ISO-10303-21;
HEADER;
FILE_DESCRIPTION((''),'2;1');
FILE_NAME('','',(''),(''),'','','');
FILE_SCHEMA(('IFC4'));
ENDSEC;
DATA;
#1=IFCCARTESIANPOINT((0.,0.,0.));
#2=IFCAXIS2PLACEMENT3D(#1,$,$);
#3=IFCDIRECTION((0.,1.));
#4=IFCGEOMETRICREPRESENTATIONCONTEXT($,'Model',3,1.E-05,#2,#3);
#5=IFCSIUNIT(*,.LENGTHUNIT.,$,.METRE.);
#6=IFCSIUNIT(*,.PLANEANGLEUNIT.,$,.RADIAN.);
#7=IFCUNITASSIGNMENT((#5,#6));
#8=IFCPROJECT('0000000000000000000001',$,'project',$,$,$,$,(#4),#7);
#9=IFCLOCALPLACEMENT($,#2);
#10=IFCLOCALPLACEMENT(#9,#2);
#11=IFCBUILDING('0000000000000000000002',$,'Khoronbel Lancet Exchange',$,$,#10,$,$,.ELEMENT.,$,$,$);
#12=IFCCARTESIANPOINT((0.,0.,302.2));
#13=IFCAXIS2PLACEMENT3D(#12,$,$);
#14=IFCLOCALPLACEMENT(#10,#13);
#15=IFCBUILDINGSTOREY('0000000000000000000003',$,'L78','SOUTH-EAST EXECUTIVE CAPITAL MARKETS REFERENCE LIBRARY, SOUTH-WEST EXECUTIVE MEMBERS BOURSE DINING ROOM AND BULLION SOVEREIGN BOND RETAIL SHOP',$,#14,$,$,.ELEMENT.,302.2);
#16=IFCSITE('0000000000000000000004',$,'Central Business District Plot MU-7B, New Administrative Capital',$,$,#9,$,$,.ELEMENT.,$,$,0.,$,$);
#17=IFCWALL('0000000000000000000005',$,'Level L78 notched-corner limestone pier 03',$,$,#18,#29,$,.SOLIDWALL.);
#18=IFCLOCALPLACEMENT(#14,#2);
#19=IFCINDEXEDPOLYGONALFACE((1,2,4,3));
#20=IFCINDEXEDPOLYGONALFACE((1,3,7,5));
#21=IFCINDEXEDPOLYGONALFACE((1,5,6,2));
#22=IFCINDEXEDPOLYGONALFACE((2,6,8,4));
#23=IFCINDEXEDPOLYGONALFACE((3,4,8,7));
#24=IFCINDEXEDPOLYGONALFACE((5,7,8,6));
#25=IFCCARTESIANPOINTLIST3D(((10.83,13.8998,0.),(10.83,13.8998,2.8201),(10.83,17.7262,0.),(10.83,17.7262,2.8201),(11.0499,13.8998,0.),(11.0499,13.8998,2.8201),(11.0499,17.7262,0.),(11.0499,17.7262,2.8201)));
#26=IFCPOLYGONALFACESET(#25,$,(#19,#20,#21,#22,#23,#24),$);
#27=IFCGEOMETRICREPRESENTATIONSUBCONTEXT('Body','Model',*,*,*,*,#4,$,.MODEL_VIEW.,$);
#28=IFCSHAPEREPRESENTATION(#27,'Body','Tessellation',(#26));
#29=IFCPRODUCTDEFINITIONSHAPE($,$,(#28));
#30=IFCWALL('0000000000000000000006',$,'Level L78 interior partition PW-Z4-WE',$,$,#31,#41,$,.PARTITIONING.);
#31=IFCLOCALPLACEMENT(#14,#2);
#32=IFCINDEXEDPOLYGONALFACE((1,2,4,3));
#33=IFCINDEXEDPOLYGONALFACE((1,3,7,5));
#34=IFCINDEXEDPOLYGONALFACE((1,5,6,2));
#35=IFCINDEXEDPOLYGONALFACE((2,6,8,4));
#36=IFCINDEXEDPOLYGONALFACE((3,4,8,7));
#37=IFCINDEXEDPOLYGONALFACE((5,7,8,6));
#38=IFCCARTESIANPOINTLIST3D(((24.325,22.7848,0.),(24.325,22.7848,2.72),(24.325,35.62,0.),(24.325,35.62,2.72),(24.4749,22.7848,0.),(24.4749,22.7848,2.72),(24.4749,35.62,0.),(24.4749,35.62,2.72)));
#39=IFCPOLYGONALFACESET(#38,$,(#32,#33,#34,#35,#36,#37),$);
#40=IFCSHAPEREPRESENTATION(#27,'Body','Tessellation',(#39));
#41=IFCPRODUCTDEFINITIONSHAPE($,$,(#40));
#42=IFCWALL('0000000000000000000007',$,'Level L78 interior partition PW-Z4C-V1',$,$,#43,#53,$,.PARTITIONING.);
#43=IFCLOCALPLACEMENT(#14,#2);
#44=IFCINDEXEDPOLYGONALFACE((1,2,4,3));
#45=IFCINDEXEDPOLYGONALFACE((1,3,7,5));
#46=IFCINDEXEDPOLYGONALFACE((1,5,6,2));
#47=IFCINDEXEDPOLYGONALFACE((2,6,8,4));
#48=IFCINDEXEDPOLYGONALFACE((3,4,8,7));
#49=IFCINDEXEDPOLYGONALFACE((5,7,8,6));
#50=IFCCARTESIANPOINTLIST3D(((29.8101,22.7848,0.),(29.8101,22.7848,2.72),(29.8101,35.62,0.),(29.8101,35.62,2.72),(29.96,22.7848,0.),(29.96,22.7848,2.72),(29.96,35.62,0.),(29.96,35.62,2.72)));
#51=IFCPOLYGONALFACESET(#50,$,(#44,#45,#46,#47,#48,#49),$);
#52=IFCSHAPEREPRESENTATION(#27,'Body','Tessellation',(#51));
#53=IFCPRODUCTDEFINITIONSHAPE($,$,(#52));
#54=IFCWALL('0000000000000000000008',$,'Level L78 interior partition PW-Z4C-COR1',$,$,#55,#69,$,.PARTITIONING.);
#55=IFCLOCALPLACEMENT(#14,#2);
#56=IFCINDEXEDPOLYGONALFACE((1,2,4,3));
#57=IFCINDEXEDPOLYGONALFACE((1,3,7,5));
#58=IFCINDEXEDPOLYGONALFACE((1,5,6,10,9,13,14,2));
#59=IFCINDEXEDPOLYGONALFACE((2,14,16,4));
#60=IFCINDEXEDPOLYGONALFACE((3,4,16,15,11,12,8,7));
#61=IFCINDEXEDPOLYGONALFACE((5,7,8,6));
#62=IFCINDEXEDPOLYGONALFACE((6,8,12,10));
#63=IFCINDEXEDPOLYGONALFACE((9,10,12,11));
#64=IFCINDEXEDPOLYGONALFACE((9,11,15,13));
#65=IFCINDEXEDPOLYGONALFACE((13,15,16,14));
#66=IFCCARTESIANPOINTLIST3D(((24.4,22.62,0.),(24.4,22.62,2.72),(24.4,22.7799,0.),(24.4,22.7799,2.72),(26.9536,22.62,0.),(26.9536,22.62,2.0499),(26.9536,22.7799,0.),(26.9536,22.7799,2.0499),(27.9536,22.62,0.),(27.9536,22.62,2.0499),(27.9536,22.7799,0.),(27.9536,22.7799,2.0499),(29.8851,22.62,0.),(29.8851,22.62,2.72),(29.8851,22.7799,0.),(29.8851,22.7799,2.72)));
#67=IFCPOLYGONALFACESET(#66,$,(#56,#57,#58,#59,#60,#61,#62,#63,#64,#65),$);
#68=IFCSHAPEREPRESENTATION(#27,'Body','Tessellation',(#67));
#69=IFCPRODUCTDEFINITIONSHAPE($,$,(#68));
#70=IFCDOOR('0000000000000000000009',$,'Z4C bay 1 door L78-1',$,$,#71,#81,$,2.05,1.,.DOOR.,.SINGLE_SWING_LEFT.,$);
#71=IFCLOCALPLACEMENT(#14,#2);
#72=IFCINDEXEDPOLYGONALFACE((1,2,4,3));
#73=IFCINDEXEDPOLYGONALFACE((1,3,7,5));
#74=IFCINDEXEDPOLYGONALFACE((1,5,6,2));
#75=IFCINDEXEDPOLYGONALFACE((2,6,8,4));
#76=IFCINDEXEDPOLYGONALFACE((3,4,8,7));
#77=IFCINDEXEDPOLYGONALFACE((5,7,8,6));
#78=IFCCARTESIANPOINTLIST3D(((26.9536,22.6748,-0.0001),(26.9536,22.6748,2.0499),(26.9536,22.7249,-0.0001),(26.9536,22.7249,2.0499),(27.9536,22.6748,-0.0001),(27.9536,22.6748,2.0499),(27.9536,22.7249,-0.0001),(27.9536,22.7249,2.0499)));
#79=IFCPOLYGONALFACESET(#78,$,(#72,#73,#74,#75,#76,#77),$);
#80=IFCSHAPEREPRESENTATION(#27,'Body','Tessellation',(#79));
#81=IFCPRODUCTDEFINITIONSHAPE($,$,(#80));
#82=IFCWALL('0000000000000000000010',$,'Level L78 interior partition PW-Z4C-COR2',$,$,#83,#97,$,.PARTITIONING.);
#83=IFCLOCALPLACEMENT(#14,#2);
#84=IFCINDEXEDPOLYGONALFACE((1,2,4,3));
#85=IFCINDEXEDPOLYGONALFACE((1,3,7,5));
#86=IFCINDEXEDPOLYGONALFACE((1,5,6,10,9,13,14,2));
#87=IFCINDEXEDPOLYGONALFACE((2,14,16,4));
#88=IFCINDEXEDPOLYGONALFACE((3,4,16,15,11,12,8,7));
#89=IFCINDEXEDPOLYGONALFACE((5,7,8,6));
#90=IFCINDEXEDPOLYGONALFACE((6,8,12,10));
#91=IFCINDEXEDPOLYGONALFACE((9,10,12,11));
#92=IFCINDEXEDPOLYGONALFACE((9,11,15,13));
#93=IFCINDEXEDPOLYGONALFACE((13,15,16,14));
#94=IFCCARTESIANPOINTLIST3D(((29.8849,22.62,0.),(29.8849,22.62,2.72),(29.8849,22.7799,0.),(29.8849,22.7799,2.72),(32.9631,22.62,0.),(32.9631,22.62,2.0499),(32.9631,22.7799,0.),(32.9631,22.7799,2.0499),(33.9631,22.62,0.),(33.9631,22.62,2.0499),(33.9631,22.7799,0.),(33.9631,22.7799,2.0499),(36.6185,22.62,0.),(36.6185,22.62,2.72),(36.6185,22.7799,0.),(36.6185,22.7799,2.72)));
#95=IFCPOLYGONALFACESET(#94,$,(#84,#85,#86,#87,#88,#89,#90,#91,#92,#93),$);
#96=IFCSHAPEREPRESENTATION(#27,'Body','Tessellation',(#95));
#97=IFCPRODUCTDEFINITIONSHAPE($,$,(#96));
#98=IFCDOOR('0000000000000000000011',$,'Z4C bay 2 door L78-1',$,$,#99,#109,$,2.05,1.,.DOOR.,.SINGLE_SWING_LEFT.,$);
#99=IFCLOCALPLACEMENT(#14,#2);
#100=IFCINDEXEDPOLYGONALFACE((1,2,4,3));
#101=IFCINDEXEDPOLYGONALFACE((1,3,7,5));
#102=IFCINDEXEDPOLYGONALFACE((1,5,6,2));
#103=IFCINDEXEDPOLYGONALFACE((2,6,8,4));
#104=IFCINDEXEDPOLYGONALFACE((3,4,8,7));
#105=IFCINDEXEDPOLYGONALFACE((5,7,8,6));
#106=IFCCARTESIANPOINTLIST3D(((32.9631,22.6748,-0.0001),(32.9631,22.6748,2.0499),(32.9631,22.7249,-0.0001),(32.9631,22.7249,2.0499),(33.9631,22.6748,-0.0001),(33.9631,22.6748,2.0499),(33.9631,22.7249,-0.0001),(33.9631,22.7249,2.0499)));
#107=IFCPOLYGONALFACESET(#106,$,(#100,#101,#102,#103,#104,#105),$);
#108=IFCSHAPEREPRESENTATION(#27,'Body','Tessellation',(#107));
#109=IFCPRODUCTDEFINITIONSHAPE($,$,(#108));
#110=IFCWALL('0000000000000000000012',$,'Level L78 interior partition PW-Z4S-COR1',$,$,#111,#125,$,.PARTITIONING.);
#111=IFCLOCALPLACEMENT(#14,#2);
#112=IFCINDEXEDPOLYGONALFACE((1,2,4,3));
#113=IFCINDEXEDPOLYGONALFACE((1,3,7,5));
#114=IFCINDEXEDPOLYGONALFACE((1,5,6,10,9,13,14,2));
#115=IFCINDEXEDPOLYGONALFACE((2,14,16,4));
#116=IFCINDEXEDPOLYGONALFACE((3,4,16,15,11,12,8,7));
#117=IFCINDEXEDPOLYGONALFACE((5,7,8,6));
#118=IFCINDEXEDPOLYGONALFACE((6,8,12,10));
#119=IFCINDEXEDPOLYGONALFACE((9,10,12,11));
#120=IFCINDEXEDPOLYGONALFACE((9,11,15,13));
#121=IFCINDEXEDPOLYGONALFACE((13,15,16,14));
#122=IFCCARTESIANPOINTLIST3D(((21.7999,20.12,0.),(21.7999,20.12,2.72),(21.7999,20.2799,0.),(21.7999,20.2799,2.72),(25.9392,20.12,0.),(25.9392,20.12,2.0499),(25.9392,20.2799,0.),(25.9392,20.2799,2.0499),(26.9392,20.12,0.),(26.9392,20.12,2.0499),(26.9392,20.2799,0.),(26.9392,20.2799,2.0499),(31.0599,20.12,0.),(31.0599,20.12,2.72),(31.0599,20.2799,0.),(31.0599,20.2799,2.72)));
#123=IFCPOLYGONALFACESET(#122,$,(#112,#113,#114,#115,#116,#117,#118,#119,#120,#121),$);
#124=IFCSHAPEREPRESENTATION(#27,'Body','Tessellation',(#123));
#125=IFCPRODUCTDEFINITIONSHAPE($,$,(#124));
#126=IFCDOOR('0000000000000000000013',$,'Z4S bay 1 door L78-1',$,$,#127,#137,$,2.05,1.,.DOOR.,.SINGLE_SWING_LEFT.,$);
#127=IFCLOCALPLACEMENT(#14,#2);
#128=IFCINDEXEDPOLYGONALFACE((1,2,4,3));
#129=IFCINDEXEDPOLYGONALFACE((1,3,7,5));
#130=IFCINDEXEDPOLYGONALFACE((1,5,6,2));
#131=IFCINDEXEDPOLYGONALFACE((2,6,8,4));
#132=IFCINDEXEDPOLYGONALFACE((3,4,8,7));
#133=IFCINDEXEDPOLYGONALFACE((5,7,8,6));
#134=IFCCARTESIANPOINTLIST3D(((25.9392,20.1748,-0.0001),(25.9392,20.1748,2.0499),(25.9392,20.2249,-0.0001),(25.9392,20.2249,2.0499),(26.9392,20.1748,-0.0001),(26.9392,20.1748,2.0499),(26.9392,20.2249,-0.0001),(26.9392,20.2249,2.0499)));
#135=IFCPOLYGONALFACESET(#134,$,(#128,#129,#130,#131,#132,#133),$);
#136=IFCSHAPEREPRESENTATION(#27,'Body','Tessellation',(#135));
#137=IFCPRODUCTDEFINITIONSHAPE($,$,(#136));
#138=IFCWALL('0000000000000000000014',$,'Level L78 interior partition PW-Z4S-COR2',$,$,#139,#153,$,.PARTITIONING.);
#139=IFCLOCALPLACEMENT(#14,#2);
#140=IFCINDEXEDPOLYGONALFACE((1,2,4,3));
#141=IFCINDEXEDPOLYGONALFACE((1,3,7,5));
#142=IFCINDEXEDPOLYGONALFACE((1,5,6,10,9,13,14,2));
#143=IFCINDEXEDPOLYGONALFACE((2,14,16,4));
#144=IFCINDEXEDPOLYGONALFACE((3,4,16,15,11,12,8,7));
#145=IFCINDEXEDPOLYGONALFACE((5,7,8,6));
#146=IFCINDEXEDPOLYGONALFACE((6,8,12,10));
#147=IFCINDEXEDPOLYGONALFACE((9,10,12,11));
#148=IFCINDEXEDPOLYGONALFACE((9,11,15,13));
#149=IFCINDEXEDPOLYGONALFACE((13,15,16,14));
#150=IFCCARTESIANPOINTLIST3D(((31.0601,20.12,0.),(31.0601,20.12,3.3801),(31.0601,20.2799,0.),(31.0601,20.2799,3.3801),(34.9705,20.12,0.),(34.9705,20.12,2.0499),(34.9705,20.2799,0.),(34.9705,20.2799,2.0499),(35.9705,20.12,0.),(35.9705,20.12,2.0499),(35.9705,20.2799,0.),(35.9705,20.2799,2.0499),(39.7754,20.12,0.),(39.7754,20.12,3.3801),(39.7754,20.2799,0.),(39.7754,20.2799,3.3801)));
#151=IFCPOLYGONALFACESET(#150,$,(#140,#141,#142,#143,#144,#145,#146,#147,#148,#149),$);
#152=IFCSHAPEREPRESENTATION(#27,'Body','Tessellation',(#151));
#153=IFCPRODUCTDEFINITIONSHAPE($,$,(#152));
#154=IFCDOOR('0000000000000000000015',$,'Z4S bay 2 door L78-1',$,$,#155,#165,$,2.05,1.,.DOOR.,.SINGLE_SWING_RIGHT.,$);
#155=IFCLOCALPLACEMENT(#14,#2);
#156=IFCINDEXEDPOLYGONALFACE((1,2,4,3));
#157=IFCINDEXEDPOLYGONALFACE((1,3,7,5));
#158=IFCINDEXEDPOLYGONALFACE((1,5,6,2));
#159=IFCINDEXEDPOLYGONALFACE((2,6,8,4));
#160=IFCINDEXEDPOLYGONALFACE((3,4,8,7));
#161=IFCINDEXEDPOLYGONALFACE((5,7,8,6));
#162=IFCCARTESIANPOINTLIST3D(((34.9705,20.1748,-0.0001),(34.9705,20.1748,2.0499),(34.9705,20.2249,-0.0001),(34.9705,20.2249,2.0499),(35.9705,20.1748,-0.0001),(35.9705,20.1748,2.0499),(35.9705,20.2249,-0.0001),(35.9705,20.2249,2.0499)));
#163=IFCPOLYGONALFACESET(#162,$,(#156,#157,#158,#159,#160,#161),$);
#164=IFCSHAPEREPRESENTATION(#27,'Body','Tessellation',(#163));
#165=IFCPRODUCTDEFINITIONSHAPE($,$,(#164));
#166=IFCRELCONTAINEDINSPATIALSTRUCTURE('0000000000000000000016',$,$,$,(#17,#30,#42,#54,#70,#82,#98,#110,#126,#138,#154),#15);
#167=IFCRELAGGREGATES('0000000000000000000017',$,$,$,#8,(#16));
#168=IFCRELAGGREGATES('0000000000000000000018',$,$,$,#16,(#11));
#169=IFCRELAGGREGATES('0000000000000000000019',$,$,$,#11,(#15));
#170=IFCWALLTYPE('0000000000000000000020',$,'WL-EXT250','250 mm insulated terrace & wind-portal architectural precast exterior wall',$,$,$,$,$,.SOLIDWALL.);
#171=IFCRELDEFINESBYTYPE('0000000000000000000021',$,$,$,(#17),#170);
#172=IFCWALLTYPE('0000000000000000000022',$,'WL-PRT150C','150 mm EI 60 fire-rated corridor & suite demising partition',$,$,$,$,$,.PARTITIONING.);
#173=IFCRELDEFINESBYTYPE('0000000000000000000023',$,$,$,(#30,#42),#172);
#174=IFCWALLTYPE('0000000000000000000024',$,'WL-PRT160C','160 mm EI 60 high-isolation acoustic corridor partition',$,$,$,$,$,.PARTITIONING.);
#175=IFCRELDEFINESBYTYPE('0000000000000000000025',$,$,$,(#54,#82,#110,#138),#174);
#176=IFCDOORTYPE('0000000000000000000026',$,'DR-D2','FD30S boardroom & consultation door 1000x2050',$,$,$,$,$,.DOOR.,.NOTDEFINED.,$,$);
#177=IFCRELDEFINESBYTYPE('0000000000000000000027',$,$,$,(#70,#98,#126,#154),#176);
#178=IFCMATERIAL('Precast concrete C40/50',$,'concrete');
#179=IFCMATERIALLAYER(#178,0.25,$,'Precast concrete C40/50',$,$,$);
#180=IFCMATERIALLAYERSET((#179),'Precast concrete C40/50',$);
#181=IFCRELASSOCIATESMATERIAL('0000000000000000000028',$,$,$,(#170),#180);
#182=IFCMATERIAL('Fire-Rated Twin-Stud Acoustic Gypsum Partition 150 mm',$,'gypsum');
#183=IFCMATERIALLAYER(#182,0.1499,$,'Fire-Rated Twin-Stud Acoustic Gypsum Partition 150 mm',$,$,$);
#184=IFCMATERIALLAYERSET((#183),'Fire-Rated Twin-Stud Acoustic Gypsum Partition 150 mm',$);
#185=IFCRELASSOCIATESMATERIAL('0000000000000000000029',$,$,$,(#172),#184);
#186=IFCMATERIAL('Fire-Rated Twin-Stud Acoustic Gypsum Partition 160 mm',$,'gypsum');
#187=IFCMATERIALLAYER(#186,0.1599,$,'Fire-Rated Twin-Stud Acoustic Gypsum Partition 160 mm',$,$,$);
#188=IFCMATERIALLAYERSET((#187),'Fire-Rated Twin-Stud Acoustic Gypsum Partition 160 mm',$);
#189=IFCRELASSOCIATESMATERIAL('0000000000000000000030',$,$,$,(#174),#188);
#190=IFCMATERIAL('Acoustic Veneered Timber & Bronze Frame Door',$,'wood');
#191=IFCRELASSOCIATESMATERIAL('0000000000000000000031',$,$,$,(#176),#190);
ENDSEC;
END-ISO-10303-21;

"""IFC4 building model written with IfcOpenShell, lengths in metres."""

from ifc_helpers import new_model, si_unit, direction, frame, frame_2d, origin, place, context, subcontext, project, spatial, rectangle, extrude, material, layer, layer_set, type_object, element, fill, save


model = new_model("IFC4")

# Units and contexts
model_context = context("Model", 3, precision=1e-05, world=origin(), true_north=direction((0.0, 1.0)))
body_context = subcontext(model_context, "Body", "Model", "MODEL_VIEW")
ifc_project = project(units=[si_unit("LENGTHUNIT", "METRE"), si_unit("PLANEANGLEUNIT", "RADIAN")], contexts=[model_context])

# Site, building, storey
site_placement = place(None, origin())
site = spatial("IfcSite", under=ifc_project, at=site_placement, Name="Central Business District Plot MU-7B, New Administrative Capital", CompositionType="ELEMENT", RefElevation=0.0)
building_placement = place(site_placement, origin())
building = spatial("IfcBuilding", under=site, at=building_placement, Name="Khoronbel Lancet Exchange", CompositionType="ELEMENT")
storey_placement = place(building_placement, frame((0.0, 0.0, 302.2)))
storey = spatial("IfcBuildingStorey", under=building, at=storey_placement, Name="L78", Description="SOUTH-EAST EXECUTIVE CAPITAL MARKETS REFERENCE LIBRARY, SOUTH-WEST EXECUTIVE MEMBERS BOURSE DINING ROOM AND BULLION SOVEREIGN BOND RETAIL SHOP", CompositionType="ELEMENT", Elevation=302.2)

# Walls
ifc_material_1 = material(Name="Precast concrete C40/50", Category="concrete")
ifc_layer_1 = layer(ifc_material_1, 0.25, Name="Precast concrete C40/50")
ifc_layer_set_1 = layer_set([ifc_layer_1], Name="Precast concrete C40/50")
wall_type_1 = type_object("IfcWallType", Name="WL-EXT250", Description="250 mm insulated terrace & wind-portal architectural precast exterior wall", PredefinedType="SOLIDWALL", material=ifc_layer_set_1)
wall_1_placement = place(storey_placement, frame((10.9399, 13.8999, 0.0), z_axis=(0.0, 0.0, 1.0), x_axis=(0.0, 1.0, 0.0)))
element("IfcWall", 1, at=wall_1_placement, inside=storey, type_object=wall_type_1, Name="Level L78 notched-corner limestone pier 03", PredefinedType="SOLIDWALL", context=body_context, shape_type="SweptSolid", body=[
    extrude(rectangle(XDim=3.8264, YDim=0.22, at=frame_2d((1.9131, 0.0))), origin(), (0.0, 0.0, 1.0), 2.8201),
])
ifc_material_2 = material(Name="Fire-Rated Twin-Stud Acoustic Gypsum Partition 150 mm", Category="gypsum")
ifc_layer_2 = layer(ifc_material_2, 0.1499, Name="Fire-Rated Twin-Stud Acoustic Gypsum Partition 150 mm")
ifc_layer_set_2 = layer_set([ifc_layer_2], Name="Fire-Rated Twin-Stud Acoustic Gypsum Partition 150 mm")
wall_type_2 = type_object("IfcWallType", Name="WL-PRT150C", Description="150 mm EI 60 fire-rated corridor & suite demising partition", PredefinedType="PARTITIONING", material=ifc_layer_set_2)
for number, where, z_axis, x_axis, name in (
    (2, (24.3999, 22.7849, 0.0), (0.0, 0.0, 1.0), (0.0, 1.0, 0.0), "Level L78 interior partition PW-Z4-WE"),
    (3, (29.885, 22.7849, 0.0), (0.0, 0.0, 1.0), (0.0, 1.0, 0.0), "Level L78 interior partition PW-Z4C-V1"),
):
    element("IfcWall", number, at=place(storey_placement, frame(where, z_axis=z_axis, x_axis=x_axis)), inside=storey, type_object=wall_type_2, Name=name, PredefinedType="PARTITIONING", context=body_context, shape_type="SweptSolid", body=[
        extrude(rectangle(XDim=12.8352, YDim=0.1499, at=frame_2d((6.4175, 0.0))), origin(), (0.0, 0.0, 1.0), 2.72),
    ])

# Walls, openings, doors
ifc_material_3 = material(Name="Fire-Rated Twin-Stud Acoustic Gypsum Partition 160 mm", Category="gypsum")
ifc_layer_3 = layer(ifc_material_3, 0.1599, Name="Fire-Rated Twin-Stud Acoustic Gypsum Partition 160 mm")
ifc_layer_set_3 = layer_set([ifc_layer_3], Name="Fire-Rated Twin-Stud Acoustic Gypsum Partition 160 mm")
wall_type_3 = type_object("IfcWallType", Name="WL-PRT160C", Description="160 mm EI 60 high-isolation acoustic corridor partition", PredefinedType="PARTITIONING", material=ifc_layer_set_3)
wall_2_placement = place(storey_placement, frame((24.3999, 22.7, 0.0), z_axis=(0.0, 0.0, 1.0), x_axis=(1.0, 0.0, 0.0)))
wall_2 = element("IfcWall", 4, at=wall_2_placement, inside=storey, type_object=wall_type_3, Name="Level L78 interior partition PW-Z4C-COR1", PredefinedType="PARTITIONING", context=body_context, shape_type="SweptSolid", body=[
    extrude(rectangle(XDim=5.4851, YDim=0.1599, at=frame_2d((2.7427, 0.0))), origin(), (0.0, 0.0, 1.0), 2.72),
])
opening_1_placement = place(wall_2_placement, frame((2.5537, 0.0, 0.0)))
opening_1 = element("IfcOpeningElement", 5, at=opening_1_placement, cuts=wall_2, PredefinedType="OPENING", context=body_context, shape_type="SweptSolid", body=[
    extrude(rectangle(XDim=1.0, YDim=2.05, at=frame_2d((0.5, 1.0249))), frame((0.0, 0.0898, 0.0), z_axis=(0.0, -1.0, 0.0), x_axis=(1.0, 0.0, 0.0)), (0.0, 0.0, 1.0), 0.1799),
])
ifc_material_4 = material(Name="Acoustic Veneered Timber & Bronze Frame Door", Category="wood")
door_type = type_object("IfcDoorType", Name="DR-D2", Description="FD30S boardroom & consultation door 1000x2050", OperationType="NOTDEFINED", PredefinedType="DOOR", material=ifc_material_4)
door_1_placement = place(opening_1_placement, origin())
door_1 = element("IfcDoor", 6, at=door_1_placement, inside=storey, type_object=door_type, Name="Z4C bay 1 door L78-1", OperationType="SINGLE_SWING_LEFT", OverallHeight=2.05, OverallWidth=1.0, PredefinedType="DOOR", context=body_context, shape_type="SweptSolid", body=[
    extrude(rectangle(XDim=1.0, YDim=2.05, at=frame_2d((0.5, 1.0249))), frame((0.0, 0.0249, 0.0), z_axis=(0.0, -1.0, 0.0), x_axis=(1.0, 0.0, 0.0)), (0.0, 0.0, 1.0), 0.05),
])
fill(opening_1, door_1)
wall_3_placement = place(storey_placement, frame((29.885, 22.7, 0.0), z_axis=(0.0, 0.0, 1.0), x_axis=(1.0, 0.0, 0.0)))
wall_3 = element("IfcWall", 7, at=wall_3_placement, inside=storey, type_object=wall_type_3, Name="Level L78 interior partition PW-Z4C-COR2", PredefinedType="PARTITIONING", context=body_context, shape_type="SweptSolid", body=[
    extrude(rectangle(XDim=6.7336, YDim=0.1599, at=frame_2d((3.3667, 0.0))), origin(), (0.0, 0.0, 1.0), 2.72),
])
opening_2_placement = place(wall_3_placement, frame((3.0781, 0.0, 0.0)))
opening_2 = element("IfcOpeningElement", 8, at=opening_2_placement, cuts=wall_3, PredefinedType="OPENING", context=body_context, shape_type="SweptSolid", body=[
    extrude(rectangle(XDim=1.0, YDim=2.05, at=frame_2d((0.5, 1.0249))), frame((0.0, 0.0898, 0.0), z_axis=(0.0, -1.0, 0.0), x_axis=(1.0, 0.0, 0.0)), (0.0, 0.0, 1.0), 0.1799),
])
door_2_placement = place(opening_2_placement, origin())
door_2 = element("IfcDoor", 9, at=door_2_placement, inside=storey, type_object=door_type, Name="Z4C bay 2 door L78-1", OperationType="SINGLE_SWING_LEFT", OverallHeight=2.05, OverallWidth=1.0, PredefinedType="DOOR", context=body_context, shape_type="SweptSolid", body=[
    extrude(rectangle(XDim=1.0, YDim=2.05, at=frame_2d((0.5, 1.0249))), frame((0.0, 0.0249, 0.0), z_axis=(0.0, -1.0, 0.0), x_axis=(1.0, 0.0, 0.0)), (0.0, 0.0, 1.0), 0.05),
])
fill(opening_2, door_2)
wall_4_placement = place(storey_placement, frame((21.8, 20.2, 0.0), z_axis=(0.0, 0.0, 1.0), x_axis=(1.0, 0.0, 0.0)))
wall_4 = element("IfcWall", 10, at=wall_4_placement, inside=storey, type_object=wall_type_3, Name="Level L78 interior partition PW-Z4S-COR1", PredefinedType="PARTITIONING", context=body_context, shape_type="SweptSolid", body=[
    extrude(rectangle(XDim=9.26, YDim=0.1599, at=frame_2d((4.6299, 0.0))), origin(), (0.0, 0.0, 1.0), 2.72),
])
opening_3_placement = place(wall_4_placement, frame((4.1392, 0.0, 0.0)))
opening_3 = element("IfcOpeningElement", 11, at=opening_3_placement, cuts=wall_4, PredefinedType="OPENING", context=body_context, shape_type="SweptSolid", body=[
    extrude(rectangle(XDim=1.0, YDim=2.05, at=frame_2d((0.5, 1.0249))), frame((0.0, 0.0898, 0.0), z_axis=(0.0, -1.0, 0.0), x_axis=(1.0, 0.0, 0.0)), (0.0, 0.0, 1.0), 0.1799),
])
door_3_placement = place(opening_3_placement, origin())
door_3 = element("IfcDoor", 12, at=door_3_placement, inside=storey, type_object=door_type, Name="Z4S bay 1 door L78-1", OperationType="SINGLE_SWING_LEFT", OverallHeight=2.05, OverallWidth=1.0, PredefinedType="DOOR", context=body_context, shape_type="SweptSolid", body=[
    extrude(rectangle(XDim=1.0, YDim=2.05, at=frame_2d((0.5, 1.0249))), frame((0.0, 0.0249, 0.0), z_axis=(0.0, -1.0, 0.0), x_axis=(1.0, 0.0, 0.0)), (0.0, 0.0, 1.0), 0.05),
])
fill(opening_3, door_3)
wall_5_placement = place(storey_placement, frame((31.0601, 20.2, 0.0), z_axis=(0.0, 0.0, 1.0), x_axis=(1.0, 0.0, 0.0)))
wall_5 = element("IfcWall", 13, at=wall_5_placement, inside=storey, type_object=wall_type_3, Name="Level L78 interior partition PW-Z4S-COR2", PredefinedType="PARTITIONING", context=body_context, shape_type="SweptSolid", body=[
    extrude(rectangle(XDim=8.7153, YDim=0.1599, at=frame_2d((4.3577, 0.0))), origin(), (0.0, 0.0, 1.0), 3.3801),
])
opening_4_placement = place(wall_5_placement, frame((3.9104, 0.0, 0.0)))
opening_4 = element("IfcOpeningElement", 14, at=opening_4_placement, cuts=wall_5, PredefinedType="OPENING", context=body_context, shape_type="SweptSolid", body=[
    extrude(rectangle(XDim=1.0, YDim=2.05, at=frame_2d((0.5, 1.0249))), frame((0.0, 0.0898, 0.0), z_axis=(0.0, -1.0, 0.0), x_axis=(1.0, 0.0, 0.0)), (0.0, 0.0, 1.0), 0.1799),
])
door_4_placement = place(opening_4_placement, origin())
door_4 = element("IfcDoor", 15, at=door_4_placement, inside=storey, type_object=door_type, Name="Z4S bay 2 door L78-1", OperationType="SINGLE_SWING_RIGHT", OverallHeight=2.05, OverallWidth=1.0, PredefinedType="DOOR", context=body_context, shape_type="SweptSolid", body=[
    extrude(rectangle(XDim=1.0, YDim=2.05, at=frame_2d((0.5, 1.0249))), frame((0.0, 0.0249, 0.0), z_axis=(0.0, -1.0, 0.0), x_axis=(1.0, 0.0, 0.0)), (0.0, 0.0, 1.0), 0.05),
])
fill(opening_4, door_4)

save(model, "model.ifc")
